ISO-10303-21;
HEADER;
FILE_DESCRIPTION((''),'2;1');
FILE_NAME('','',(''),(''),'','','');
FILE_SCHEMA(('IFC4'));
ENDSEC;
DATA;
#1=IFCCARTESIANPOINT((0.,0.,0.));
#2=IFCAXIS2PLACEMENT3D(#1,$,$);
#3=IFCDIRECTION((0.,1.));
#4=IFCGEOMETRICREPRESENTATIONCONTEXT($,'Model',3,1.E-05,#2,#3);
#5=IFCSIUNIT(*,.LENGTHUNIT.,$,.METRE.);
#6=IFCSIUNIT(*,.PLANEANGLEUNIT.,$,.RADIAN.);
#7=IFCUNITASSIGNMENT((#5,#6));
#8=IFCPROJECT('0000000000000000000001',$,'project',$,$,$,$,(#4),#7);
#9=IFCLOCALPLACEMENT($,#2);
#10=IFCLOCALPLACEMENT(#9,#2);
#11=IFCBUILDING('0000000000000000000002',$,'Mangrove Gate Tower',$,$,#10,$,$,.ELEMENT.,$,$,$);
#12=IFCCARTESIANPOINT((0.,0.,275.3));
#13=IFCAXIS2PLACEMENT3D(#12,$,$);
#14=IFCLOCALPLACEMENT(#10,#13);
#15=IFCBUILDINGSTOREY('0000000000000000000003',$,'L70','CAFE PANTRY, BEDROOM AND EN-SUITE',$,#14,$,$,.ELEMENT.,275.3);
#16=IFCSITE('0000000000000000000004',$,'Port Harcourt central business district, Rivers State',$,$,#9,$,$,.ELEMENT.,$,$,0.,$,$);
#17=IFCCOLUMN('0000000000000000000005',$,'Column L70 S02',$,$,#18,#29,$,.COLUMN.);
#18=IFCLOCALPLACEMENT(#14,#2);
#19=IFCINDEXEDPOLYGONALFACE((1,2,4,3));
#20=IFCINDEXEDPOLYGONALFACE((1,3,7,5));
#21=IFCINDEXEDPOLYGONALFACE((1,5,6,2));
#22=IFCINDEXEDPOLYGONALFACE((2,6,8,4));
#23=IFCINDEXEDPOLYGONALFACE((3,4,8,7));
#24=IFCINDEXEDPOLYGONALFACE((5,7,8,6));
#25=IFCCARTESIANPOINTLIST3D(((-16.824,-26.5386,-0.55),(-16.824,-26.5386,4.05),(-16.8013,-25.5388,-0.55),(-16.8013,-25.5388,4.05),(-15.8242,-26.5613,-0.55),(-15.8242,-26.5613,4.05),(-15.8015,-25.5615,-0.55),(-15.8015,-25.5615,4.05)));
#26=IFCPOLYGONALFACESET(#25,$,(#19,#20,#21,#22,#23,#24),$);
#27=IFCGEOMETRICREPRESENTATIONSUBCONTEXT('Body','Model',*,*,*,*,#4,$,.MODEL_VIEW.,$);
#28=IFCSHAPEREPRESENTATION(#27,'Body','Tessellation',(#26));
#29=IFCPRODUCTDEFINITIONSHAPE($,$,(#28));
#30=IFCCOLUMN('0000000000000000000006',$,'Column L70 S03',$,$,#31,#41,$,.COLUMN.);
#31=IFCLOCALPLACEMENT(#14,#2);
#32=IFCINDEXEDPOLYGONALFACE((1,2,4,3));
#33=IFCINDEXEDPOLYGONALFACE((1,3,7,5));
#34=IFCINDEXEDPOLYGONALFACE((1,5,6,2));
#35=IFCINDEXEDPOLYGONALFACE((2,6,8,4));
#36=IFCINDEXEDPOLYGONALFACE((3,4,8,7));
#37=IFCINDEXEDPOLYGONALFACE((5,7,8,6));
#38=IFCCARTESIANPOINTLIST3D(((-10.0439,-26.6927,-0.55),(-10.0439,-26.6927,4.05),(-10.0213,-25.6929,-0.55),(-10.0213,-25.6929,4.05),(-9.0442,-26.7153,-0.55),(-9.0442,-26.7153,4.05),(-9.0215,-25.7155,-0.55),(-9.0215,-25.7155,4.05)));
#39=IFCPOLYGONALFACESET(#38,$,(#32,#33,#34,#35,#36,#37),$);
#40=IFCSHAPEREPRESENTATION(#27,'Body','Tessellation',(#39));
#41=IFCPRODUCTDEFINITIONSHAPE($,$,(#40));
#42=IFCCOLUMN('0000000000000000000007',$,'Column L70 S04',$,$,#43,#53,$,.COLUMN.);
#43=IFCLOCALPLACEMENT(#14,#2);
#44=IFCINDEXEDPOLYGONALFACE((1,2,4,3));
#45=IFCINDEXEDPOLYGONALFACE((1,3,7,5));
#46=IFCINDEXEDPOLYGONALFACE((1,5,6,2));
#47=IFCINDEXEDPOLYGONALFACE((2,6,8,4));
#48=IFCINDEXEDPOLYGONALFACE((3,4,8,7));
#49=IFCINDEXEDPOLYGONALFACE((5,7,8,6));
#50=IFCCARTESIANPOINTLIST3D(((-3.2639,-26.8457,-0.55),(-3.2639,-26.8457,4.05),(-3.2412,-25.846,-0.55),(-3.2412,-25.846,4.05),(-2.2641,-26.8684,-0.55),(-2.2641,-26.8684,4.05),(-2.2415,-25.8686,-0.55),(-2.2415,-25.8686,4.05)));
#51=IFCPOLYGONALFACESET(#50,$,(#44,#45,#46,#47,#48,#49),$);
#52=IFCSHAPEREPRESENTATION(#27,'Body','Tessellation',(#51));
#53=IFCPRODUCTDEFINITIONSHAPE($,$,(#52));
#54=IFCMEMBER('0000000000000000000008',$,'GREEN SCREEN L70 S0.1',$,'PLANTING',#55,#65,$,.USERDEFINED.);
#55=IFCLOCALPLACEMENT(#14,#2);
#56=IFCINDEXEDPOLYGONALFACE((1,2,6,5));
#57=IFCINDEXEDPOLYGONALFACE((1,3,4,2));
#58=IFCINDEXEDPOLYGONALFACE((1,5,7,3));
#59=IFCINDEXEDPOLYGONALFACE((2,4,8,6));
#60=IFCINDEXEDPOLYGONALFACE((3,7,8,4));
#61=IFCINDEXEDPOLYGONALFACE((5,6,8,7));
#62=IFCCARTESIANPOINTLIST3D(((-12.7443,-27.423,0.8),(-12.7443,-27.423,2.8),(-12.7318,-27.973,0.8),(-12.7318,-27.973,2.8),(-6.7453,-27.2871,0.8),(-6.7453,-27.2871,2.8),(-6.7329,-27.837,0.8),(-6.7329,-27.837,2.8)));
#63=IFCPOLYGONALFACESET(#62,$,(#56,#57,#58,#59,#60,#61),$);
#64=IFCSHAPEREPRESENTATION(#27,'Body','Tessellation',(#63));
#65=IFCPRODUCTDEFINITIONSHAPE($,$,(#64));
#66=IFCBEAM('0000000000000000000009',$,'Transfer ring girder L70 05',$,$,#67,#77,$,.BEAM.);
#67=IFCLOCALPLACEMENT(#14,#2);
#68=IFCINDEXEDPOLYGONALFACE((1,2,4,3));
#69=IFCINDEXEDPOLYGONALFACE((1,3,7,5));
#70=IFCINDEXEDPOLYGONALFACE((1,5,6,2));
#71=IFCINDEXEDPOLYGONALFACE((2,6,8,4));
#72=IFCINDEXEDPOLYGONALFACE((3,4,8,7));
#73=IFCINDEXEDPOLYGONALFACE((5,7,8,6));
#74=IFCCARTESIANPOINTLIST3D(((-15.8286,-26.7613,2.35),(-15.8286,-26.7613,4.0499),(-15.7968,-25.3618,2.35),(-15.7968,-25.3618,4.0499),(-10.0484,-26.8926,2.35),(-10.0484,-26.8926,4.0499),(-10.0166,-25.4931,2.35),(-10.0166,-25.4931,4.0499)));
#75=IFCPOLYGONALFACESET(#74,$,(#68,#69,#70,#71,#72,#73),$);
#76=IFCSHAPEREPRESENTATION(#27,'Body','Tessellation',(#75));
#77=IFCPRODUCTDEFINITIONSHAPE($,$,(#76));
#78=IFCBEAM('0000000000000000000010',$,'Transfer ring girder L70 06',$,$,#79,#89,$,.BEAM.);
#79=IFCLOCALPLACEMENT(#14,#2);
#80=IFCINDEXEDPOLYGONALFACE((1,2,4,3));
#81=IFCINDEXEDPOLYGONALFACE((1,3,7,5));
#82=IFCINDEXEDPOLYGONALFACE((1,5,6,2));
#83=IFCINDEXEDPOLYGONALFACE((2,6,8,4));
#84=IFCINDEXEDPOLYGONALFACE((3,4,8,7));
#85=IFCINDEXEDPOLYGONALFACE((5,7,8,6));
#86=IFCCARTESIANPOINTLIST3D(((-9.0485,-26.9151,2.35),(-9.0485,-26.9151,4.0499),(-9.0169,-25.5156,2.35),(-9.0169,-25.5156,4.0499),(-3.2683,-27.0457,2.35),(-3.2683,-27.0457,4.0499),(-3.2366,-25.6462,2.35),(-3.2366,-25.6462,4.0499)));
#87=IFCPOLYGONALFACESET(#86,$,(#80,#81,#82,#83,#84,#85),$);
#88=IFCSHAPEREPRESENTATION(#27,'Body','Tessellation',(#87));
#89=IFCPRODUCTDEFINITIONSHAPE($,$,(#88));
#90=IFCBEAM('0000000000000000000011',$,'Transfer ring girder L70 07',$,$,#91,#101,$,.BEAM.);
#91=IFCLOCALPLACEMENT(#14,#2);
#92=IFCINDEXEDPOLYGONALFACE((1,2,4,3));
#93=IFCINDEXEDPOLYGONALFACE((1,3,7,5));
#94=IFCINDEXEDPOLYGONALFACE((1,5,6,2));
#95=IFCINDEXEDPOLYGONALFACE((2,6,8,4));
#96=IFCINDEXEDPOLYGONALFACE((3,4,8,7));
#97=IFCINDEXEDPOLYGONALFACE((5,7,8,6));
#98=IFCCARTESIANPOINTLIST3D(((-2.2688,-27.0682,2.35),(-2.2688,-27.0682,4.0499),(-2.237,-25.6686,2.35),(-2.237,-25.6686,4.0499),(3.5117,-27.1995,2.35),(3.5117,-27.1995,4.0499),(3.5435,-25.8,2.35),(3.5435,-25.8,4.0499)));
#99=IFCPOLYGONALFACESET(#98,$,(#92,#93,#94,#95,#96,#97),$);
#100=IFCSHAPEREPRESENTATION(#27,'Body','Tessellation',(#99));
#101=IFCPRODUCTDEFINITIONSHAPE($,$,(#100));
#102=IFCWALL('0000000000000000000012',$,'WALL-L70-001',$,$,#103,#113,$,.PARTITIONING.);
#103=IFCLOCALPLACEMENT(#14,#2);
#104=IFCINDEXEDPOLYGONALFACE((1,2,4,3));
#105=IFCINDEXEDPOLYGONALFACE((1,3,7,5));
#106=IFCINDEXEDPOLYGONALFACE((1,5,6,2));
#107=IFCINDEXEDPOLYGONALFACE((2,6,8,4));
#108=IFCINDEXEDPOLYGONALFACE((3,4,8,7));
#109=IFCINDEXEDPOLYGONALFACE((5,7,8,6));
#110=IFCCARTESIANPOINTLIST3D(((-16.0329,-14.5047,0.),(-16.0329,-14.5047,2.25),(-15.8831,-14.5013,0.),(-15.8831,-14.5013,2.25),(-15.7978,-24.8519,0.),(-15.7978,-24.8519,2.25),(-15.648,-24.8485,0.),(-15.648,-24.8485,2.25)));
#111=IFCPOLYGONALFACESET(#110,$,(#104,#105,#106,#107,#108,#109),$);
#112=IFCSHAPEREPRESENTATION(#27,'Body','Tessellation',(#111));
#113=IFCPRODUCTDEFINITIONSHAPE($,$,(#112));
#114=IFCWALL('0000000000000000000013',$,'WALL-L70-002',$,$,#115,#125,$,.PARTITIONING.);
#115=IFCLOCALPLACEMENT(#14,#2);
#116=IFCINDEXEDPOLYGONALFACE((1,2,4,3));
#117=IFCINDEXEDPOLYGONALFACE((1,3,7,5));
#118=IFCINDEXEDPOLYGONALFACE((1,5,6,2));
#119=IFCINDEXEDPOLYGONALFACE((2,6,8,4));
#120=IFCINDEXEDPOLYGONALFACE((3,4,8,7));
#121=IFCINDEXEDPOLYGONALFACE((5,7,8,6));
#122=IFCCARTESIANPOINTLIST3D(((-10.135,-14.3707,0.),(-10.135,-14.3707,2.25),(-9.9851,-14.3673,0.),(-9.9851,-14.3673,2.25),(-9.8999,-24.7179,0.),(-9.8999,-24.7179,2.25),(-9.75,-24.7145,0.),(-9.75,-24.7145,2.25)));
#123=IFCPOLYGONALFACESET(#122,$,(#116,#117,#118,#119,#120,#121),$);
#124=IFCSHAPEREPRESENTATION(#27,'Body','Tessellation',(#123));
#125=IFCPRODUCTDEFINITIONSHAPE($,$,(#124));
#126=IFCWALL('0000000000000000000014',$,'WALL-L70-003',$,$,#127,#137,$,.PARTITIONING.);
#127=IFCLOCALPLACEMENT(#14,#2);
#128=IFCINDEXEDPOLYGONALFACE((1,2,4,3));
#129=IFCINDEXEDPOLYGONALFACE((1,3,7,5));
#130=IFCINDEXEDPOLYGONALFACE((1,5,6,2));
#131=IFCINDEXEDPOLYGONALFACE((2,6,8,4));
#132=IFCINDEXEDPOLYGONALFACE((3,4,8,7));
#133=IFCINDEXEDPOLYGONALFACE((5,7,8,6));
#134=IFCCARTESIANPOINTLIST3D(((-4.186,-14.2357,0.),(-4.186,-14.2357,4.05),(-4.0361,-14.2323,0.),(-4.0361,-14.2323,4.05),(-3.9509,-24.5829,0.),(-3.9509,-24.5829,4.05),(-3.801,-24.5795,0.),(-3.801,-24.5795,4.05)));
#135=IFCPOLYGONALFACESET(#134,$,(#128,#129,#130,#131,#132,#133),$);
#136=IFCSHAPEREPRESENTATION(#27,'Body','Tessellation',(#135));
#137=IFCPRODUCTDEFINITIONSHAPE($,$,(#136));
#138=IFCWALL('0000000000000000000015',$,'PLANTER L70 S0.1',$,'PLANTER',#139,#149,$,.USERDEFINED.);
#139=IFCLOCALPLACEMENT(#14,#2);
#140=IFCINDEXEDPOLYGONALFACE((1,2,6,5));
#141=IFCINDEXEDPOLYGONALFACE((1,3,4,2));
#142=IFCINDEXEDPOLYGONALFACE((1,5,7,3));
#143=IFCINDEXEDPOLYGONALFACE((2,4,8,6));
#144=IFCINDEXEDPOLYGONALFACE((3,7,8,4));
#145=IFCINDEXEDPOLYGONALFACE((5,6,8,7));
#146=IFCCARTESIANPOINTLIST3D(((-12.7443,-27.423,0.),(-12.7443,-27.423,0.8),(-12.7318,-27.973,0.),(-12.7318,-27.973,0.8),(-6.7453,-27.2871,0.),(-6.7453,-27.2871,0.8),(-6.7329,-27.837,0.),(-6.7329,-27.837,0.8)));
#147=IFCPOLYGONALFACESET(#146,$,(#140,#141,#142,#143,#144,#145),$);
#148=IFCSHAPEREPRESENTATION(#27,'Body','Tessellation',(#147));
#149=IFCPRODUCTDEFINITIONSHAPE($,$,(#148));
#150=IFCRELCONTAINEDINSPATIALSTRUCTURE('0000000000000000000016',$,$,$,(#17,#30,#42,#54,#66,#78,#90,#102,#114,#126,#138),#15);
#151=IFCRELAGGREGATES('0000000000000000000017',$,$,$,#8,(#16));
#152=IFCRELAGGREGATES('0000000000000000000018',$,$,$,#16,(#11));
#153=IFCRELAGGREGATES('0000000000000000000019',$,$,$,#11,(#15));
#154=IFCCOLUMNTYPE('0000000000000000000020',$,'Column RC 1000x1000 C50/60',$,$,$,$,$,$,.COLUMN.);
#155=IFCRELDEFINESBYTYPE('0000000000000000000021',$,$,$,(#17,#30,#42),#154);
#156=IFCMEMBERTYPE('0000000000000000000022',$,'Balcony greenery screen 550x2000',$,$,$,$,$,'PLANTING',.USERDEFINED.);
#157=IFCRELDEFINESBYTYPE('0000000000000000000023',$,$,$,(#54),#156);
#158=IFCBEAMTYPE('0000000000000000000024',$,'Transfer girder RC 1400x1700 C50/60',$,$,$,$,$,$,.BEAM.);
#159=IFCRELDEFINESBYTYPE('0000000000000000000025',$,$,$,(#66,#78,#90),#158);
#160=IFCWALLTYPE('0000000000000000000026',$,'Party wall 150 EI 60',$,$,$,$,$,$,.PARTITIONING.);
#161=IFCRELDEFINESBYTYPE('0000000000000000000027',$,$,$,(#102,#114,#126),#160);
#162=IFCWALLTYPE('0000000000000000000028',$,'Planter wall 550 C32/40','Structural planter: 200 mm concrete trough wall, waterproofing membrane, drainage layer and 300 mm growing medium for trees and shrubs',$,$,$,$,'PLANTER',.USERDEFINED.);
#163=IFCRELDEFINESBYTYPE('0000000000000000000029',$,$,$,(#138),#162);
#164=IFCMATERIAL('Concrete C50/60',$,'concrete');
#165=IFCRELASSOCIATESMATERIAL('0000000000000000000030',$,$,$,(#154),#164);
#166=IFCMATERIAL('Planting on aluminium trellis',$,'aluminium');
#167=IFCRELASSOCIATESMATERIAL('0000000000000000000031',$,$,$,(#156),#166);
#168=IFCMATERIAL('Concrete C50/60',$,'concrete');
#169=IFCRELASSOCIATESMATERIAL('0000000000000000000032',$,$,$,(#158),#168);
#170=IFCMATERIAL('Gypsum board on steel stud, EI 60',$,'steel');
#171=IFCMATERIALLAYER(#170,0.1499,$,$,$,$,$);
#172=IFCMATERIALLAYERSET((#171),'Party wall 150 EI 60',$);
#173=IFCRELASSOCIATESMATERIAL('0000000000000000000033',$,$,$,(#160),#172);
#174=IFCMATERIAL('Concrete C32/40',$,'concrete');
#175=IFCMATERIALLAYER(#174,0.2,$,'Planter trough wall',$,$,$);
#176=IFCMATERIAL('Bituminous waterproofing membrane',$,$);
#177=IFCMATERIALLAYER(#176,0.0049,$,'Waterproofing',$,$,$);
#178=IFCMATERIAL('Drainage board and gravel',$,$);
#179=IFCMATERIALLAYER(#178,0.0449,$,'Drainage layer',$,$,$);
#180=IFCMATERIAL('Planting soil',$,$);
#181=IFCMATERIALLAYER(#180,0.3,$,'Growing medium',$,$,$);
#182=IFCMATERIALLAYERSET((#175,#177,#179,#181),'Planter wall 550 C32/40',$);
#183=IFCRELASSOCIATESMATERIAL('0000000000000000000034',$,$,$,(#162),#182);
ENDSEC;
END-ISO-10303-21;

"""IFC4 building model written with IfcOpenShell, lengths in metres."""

from ifc_helpers import new_model, si_unit, direction, frame, frame_2d, origin, origin_2d, place, context, subcontext, project, spatial, rectangle, extrude, material, layer, layer_set, material_profile, profile_set, type_object, element, save


model = new_model("IFC4")

# Units and contexts
model_context = context("Model", 3, precision=1e-05, world=origin(), true_north=direction((0.0, 1.0)))
body_context = subcontext(model_context, "Body", "Model", "MODEL_VIEW")
ifc_project = project(units=[si_unit("LENGTHUNIT", "METRE"), si_unit("PLANEANGLEUNIT", "RADIAN")], contexts=[model_context])

# Site, building, storey
site_placement = place(None, origin())
site = spatial("IfcSite", under=ifc_project, at=site_placement, Name="Port Harcourt central business district, Rivers State", CompositionType="ELEMENT", RefElevation=0.0)
building_placement = place(site_placement, origin())
building = spatial("IfcBuilding", under=site, at=building_placement, Name="Mangrove Gate Tower", CompositionType="ELEMENT")
storey_placement = place(building_placement, frame((0.0, 0.0, 275.3)))
storey = spatial("IfcBuildingStorey", under=building, at=storey_placement, Name="L70", Description="CAFE PANTRY, BEDROOM AND EN-SUITE", CompositionType="ELEMENT", Elevation=275.3)

# Columns
ifc_material_1 = material(Name="Concrete C50/60", Category="concrete")
ifc_material_profile_1 = material_profile(ifc_material_1, rectangle(XDim=1.0, YDim=1.0, at=origin_2d()))
ifc_profile_set_1 = profile_set([ifc_material_profile_1], Name="Concrete C50/60")
column_type = type_object("IfcColumnType", Name="Column RC 1000x1000 C50/60", PredefinedType="COLUMN", material=ifc_profile_set_1)
for number, where, z_axis, x_axis, name in (
    (1, (-16.3127, -26.05, -0.55), (0.0, 0.0, 1.0), (0.999742, -0.022708, 0.0), "Column L70 S02"),
    (2, (-9.5327, -26.2041, -0.55), (0.0, 0.0, 1.0), (0.999744, -0.022634, 0.0), "Column L70 S03"),
    (3, (-2.7527, -26.3572, -0.55), (0.0, 0.0, 1.0), (0.999744, -0.022634, 0.0), "Column L70 S04"),
):
    element("IfcColumn", number, at=place(storey_placement, frame(where, z_axis=z_axis, x_axis=x_axis)), inside=storey, type_object=column_type, Name=name, PredefinedType="COLUMN", context=body_context, shape_type="SweptSolid", body=[
        extrude(rectangle(XDim=1.0, YDim=1.0, at=origin_2d()), origin(), (0.0, 0.0, 1.0), 4.6001),
    ])

# Member
ifc_material_2 = material(Name="Planting on aluminium trellis", Category="aluminium")
ifc_material_profile_2 = material_profile(ifc_material_2, rectangle(XDim=0.55, YDim=2.0, at=origin_2d()))
ifc_profile_set_2 = profile_set([ifc_material_profile_2], Name="Planting on aluminium trellis")
member_type = type_object("IfcMemberType", Name="Balcony greenery screen 550x2000", ElementType="PLANTING", PredefinedType="USERDEFINED", material=ifc_profile_set_2)
member_placement = place(storey_placement, frame((-12.738, -27.698, 1.8), z_axis=(0.999743, 0.022662, 0.0), x_axis=(-0.022662, 0.999743, 0.0)))
element("IfcMember", 4, at=member_placement, inside=storey, type_object=member_type, Name="GREEN SCREEN L70 S0.1", ObjectType="PLANTING", PredefinedType="USERDEFINED", context=body_context, shape_type="SweptSolid", body=[
    extrude(rectangle(XDim=0.55, YDim=2.0, at=origin_2d()), origin(), (0.0, 0.0, 1.0), 6.0005),
])

# Beams
ifc_material_3 = material(Name="Concrete C50/60", Category="concrete")
ifc_material_profile_3 = material_profile(ifc_material_3, rectangle(XDim=1.3999, YDim=1.7, at=origin_2d()))
ifc_profile_set_3 = profile_set([ifc_material_profile_3], Name="Concrete C50/60")
beam_type = type_object("IfcBeamType", Name="Transfer girder RC 1400x1700 C50/60", PredefinedType="BEAM", material=ifc_profile_set_3)
for number, where, z_axis, x_axis, name in (
    (5, (-15.8127, -26.0615, 3.2), (0.999742, -0.022718, 0.0), (0.022718, 0.999742, 0.0), "Transfer ring girder L70 05"),
    (6, (-9.0327, -26.2153, 3.2), (0.999745, -0.022591, 0.0), (0.022591, 0.999745, 0.0), "Transfer ring girder L70 06"),
):
    element("IfcBeam", number, at=place(storey_placement, frame(where, z_axis=z_axis, x_axis=x_axis)), inside=storey, type_object=beam_type, Name=name, PredefinedType="BEAM", context=body_context, shape_type="SweptSolid", body=[
        extrude(rectangle(XDim=1.3999, YDim=1.7, at=origin_2d()), origin(), (0.0, 0.0, 1.0), 5.7817),
    ])
beam_placement = place(storey_placement, frame((-2.2529, -26.3684, 3.2), z_axis=(0.999742, -0.022717, 0.0), x_axis=(0.022717, 0.999742, 0.0)))
element("IfcBeam", 7, at=beam_placement, inside=storey, type_object=beam_type, Name="Transfer ring girder L70 07", PredefinedType="BEAM", context=body_context, shape_type="SweptSolid", body=[
    extrude(rectangle(XDim=1.3999, YDim=1.7, at=origin_2d()), origin(), (0.0, 0.0, 1.0), 5.782),
])

# Walls
ifc_material_4 = material(Name="Gypsum board on steel stud, EI 60", Category="steel")
ifc_layer_1 = layer(ifc_material_4, 0.1499)
ifc_layer_set_1 = layer_set([ifc_layer_1], Name="Party wall 150 EI 60")
wall_type_1 = type_object("IfcWallType", Name="Party wall 150 EI 60", PredefinedType="PARTITIONING", material=ifc_layer_set_1)
for number, where, z_axis, x_axis, name in (
    (8, (-15.7229, -24.8501, 0.0), (0.0, 0.0, 1.0), (-0.022716, 0.999742, 0.0), "WALL-L70-001"),
    (9, (-9.825, -24.7161, 0.0), (0.0, 0.0, 1.0), (-0.022716, 0.999742, 0.0), "WALL-L70-002"),
):
    element("IfcWall", number, at=place(storey_placement, frame(where, z_axis=z_axis, x_axis=x_axis)), inside=storey, type_object=wall_type_1, Name=name, PredefinedType="PARTITIONING", context=body_context, shape_type="SweptSolid", body=[
        extrude(rectangle(XDim=10.3499, YDim=0.1499, at=frame_2d((5.1748, 0.0))), origin(), (0.0, 0.0, 1.0), 2.25),
    ])
wall_1_placement = place(storey_placement, frame((-3.876, -24.5811, 0.0), z_axis=(0.0, 0.0, 1.0), x_axis=(-0.022716, 0.999742, 0.0)))
element("IfcWall", 10, at=wall_1_placement, inside=storey, type_object=wall_type_1, Name="WALL-L70-003", PredefinedType="PARTITIONING", context=body_context, shape_type="SweptSolid", body=[
    extrude(rectangle(XDim=10.3499, YDim=0.1499, at=frame_2d((5.1748, 0.0))), origin(), (0.0, 0.0, 1.0), 4.05),
])
ifc_material_5 = material(Name="Concrete C32/40", Category="concrete")
ifc_layer_2 = layer(ifc_material_5, 0.2, Name="Planter trough wall")
ifc_material_6 = material(Name="Bituminous waterproofing membrane")
ifc_layer_3 = layer(ifc_material_6, 0.0049, Name="Waterproofing")
ifc_material_7 = material(Name="Drainage board and gravel")
ifc_layer_4 = layer(ifc_material_7, 0.0449, Name="Drainage layer")
ifc_material_8 = material(Name="Planting soil")
ifc_layer_5 = layer(ifc_material_8, 0.3, Name="Growing medium")
ifc_layer_set_2 = layer_set([ifc_layer_2, ifc_layer_3, ifc_layer_4, ifc_layer_5], Name="Planter wall 550 C32/40")
wall_type_2 = type_object("IfcWallType", Name="Planter wall 550 C32/40", Description="Structural planter: 200 mm concrete trough wall, waterproofing membrane, drainage layer and 300 mm growing medium for trees and shrubs", ElementType="PLANTER", PredefinedType="USERDEFINED", material=ifc_layer_set_2)
wall_2_placement = place(storey_placement, frame((-12.738, -27.698, 0.0), z_axis=(0.0, 0.0, 1.0), x_axis=(0.999743, 0.022662, 0.0)))
element("IfcWall", 11, at=wall_2_placement, inside=storey, type_object=wall_type_2, Name="PLANTER L70 S0.1", ObjectType="PLANTER", PredefinedType="USERDEFINED", context=body_context, shape_type="SweptSolid", body=[
    extrude(rectangle(XDim=6.0005, YDim=0.55, at=frame_2d((3.0002, 0.0))), origin(), (0.0, 0.0, 1.0), 0.8),
])

save(model, "model.ifc")
